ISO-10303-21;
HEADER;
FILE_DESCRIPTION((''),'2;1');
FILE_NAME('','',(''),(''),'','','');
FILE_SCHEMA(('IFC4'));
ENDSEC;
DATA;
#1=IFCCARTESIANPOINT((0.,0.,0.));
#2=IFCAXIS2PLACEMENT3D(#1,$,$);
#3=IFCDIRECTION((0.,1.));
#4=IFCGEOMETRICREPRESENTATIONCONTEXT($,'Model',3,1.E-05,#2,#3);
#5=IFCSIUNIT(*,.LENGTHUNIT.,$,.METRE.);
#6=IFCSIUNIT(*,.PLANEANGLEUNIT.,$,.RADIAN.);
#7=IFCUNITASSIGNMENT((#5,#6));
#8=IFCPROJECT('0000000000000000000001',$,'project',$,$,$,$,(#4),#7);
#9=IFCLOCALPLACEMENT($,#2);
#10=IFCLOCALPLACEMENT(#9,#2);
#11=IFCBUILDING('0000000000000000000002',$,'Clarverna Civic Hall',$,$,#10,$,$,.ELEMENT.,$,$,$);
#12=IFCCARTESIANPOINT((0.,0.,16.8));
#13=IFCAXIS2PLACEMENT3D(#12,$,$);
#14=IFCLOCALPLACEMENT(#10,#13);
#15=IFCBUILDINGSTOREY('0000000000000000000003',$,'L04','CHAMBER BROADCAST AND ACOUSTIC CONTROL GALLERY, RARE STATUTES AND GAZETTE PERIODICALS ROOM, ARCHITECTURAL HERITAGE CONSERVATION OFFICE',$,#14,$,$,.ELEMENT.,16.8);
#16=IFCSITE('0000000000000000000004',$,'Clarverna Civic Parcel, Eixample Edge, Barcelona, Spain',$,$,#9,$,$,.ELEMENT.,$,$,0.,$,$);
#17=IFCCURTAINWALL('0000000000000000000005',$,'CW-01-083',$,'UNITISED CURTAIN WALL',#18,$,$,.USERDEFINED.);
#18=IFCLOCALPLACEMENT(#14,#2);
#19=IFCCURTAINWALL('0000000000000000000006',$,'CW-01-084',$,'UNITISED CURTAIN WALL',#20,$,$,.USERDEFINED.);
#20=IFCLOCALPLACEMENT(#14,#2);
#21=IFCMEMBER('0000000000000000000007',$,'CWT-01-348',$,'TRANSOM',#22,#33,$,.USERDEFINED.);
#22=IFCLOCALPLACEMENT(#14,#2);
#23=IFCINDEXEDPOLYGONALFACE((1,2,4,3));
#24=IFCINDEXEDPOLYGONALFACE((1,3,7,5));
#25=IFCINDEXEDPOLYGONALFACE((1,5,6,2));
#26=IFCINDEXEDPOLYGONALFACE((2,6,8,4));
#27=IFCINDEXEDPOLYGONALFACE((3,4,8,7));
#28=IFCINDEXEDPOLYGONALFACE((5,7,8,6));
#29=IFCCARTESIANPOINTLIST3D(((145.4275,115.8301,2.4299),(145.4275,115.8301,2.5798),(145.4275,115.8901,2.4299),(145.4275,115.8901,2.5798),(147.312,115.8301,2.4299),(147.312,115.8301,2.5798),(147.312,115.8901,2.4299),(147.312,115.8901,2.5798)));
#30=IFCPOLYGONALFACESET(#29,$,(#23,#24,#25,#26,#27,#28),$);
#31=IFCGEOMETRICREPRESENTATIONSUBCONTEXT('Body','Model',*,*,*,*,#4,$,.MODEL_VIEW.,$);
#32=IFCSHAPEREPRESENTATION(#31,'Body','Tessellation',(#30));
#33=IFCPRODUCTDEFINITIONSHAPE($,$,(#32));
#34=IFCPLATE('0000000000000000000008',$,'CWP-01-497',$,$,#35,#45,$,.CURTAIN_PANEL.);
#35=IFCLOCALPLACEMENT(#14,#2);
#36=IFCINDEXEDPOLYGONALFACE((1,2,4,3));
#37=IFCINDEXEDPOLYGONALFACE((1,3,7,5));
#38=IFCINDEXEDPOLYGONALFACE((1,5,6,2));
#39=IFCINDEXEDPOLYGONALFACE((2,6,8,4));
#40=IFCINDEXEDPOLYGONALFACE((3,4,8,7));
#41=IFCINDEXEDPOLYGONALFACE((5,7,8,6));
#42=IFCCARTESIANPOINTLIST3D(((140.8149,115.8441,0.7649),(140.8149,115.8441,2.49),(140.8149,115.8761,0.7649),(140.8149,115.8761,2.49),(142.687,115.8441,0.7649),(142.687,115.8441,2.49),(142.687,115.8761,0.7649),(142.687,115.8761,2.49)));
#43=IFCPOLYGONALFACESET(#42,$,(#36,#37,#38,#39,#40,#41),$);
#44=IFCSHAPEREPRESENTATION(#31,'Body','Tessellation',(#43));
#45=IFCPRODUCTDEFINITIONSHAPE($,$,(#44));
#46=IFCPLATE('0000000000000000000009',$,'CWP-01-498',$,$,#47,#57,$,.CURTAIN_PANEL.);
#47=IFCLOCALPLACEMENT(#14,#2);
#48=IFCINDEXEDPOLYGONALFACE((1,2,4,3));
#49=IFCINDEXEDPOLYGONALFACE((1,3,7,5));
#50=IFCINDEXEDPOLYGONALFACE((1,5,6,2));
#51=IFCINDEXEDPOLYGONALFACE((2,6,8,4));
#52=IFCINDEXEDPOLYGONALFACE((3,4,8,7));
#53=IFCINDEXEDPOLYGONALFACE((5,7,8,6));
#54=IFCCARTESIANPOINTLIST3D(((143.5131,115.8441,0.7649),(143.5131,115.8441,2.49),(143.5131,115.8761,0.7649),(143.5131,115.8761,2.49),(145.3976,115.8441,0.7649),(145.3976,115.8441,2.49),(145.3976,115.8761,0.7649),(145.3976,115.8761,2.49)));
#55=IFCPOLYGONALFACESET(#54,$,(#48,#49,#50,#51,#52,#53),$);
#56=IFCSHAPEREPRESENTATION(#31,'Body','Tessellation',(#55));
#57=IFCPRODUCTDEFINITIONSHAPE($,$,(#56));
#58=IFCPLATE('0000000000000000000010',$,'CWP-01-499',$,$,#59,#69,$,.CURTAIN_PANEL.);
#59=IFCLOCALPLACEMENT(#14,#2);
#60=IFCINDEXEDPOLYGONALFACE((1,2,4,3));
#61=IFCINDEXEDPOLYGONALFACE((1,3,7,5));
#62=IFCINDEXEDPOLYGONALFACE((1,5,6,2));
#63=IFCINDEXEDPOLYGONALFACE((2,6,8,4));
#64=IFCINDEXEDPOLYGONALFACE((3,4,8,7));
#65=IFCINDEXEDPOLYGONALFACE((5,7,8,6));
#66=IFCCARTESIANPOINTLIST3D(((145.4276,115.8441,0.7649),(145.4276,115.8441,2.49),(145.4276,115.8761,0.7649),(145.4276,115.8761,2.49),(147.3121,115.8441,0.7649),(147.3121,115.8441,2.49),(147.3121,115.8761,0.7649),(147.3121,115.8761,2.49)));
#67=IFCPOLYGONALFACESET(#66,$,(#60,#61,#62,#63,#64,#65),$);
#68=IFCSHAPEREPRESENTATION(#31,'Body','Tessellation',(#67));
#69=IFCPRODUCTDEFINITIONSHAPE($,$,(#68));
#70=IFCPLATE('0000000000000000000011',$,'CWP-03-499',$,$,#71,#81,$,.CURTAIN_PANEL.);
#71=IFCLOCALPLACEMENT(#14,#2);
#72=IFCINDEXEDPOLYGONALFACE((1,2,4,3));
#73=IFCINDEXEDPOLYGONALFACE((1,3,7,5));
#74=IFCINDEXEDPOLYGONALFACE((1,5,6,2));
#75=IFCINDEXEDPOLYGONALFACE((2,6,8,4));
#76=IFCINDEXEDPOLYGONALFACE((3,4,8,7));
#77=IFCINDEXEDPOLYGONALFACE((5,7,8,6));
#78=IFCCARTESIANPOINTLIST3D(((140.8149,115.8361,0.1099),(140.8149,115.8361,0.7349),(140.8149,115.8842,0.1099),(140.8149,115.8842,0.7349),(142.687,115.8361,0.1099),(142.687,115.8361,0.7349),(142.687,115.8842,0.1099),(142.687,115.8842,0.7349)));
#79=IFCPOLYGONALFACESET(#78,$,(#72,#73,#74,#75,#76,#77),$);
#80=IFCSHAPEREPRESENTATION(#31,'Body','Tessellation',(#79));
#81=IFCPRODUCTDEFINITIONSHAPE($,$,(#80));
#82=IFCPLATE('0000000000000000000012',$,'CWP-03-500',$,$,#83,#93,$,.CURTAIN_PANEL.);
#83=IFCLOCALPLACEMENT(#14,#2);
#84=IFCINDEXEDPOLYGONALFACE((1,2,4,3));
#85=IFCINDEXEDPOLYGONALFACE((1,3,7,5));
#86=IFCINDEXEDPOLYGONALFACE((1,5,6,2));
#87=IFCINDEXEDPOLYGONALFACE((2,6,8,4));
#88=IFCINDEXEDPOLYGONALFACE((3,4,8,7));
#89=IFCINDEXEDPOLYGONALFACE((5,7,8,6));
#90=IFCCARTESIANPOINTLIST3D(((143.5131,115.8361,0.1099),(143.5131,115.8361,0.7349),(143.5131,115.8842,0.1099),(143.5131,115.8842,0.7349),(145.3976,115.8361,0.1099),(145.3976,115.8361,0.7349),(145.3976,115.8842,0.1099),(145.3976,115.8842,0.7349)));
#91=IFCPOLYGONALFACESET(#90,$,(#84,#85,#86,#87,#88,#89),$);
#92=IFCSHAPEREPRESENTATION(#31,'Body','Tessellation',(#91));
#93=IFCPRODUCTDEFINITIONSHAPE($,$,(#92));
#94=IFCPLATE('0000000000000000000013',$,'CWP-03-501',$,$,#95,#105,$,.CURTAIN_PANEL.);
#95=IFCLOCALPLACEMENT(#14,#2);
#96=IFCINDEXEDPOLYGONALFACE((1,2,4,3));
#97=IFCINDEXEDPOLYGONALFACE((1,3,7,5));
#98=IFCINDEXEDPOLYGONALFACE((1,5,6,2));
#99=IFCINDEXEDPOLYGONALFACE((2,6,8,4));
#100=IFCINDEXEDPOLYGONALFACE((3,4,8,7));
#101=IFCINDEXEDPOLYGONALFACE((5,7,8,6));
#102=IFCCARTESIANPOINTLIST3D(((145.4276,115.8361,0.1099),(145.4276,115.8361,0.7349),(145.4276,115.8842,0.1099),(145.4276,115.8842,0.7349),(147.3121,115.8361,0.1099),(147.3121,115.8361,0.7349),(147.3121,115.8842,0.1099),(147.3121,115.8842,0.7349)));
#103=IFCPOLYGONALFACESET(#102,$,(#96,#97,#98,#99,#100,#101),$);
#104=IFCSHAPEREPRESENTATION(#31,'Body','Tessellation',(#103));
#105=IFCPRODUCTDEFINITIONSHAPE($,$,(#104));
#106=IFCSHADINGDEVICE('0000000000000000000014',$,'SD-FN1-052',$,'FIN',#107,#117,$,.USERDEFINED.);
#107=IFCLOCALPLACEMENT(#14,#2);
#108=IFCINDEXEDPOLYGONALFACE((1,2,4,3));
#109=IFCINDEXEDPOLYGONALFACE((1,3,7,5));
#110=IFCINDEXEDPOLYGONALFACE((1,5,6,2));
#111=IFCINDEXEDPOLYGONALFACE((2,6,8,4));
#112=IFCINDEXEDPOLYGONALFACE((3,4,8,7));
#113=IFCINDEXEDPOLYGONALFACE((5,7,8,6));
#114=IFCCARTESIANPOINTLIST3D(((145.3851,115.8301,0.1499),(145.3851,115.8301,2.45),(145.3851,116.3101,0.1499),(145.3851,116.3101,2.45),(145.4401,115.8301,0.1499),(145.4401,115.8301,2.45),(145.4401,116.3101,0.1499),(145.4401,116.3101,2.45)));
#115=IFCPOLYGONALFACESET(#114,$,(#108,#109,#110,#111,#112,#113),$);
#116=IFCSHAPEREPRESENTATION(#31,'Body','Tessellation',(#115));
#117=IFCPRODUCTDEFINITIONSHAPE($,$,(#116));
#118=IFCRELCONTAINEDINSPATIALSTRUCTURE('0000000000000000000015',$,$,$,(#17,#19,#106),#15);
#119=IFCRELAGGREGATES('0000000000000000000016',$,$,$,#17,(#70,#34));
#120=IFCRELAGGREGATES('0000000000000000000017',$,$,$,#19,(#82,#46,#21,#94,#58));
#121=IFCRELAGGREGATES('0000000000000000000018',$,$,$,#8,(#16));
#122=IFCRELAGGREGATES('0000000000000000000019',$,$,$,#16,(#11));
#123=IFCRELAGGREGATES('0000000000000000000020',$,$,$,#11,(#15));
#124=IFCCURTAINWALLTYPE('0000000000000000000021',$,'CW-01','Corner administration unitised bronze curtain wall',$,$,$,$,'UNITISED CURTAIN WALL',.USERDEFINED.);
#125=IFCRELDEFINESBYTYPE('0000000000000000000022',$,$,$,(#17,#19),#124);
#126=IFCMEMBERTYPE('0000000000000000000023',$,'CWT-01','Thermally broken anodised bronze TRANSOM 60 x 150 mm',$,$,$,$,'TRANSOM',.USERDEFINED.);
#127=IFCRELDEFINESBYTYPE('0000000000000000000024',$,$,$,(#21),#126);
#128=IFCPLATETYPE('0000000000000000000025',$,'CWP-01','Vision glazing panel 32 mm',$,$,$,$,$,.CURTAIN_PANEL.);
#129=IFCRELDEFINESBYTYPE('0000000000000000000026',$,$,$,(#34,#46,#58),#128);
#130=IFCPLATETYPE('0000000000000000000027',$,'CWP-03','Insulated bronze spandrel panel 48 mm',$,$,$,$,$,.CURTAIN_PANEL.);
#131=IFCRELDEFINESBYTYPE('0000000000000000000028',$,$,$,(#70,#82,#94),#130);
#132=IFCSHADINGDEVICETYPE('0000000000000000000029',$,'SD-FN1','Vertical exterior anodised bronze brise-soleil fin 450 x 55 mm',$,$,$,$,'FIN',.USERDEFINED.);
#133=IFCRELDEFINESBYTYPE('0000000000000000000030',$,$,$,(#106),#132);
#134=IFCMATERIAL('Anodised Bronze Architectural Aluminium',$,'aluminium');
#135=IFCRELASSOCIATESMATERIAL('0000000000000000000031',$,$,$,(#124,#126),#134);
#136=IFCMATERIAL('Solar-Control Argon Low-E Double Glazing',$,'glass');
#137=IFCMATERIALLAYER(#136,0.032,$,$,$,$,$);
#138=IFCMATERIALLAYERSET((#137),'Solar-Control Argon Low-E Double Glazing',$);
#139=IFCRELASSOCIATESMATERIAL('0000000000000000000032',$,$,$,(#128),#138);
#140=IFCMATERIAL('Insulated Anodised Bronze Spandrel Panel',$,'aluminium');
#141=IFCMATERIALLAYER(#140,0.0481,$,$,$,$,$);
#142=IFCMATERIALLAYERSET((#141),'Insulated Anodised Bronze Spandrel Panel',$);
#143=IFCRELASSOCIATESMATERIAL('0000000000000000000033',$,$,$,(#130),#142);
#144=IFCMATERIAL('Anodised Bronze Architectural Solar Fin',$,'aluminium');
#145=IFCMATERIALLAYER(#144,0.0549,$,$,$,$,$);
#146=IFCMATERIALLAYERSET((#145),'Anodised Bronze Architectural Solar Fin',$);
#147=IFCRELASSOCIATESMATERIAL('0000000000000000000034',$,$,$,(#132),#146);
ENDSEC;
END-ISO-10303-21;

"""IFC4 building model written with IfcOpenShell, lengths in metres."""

from ifc_helpers import new_model, si_unit, direction, frame, frame_2d, origin, origin_2d, place, context, subcontext, project, spatial, rectangle, extrude, material, layer, layer_set, material_profile, profile_set, type_object, element, aggregate, save


model = new_model("IFC4")

# Units and contexts
model_context = context("Model", 3, precision=1e-05, world=origin(), true_north=direction((0.0, 1.0)))
body_context = subcontext(model_context, "Body", "Model", "MODEL_VIEW")
ifc_project = project(units=[si_unit("LENGTHUNIT", "METRE"), si_unit("PLANEANGLEUNIT", "RADIAN")], contexts=[model_context])

# Site, building, storey
site_placement = place(None, origin())
site = spatial("IfcSite", under=ifc_project, at=site_placement, Name="Clarverna Civic Parcel, Eixample Edge, Barcelona, Spain", CompositionType="ELEMENT", RefElevation=0.0)
building_placement = place(site_placement, origin())
building = spatial("IfcBuilding", under=site, at=building_placement, Name="Clarverna Civic Hall", CompositionType="ELEMENT")
storey_placement = place(building_placement, frame((0.0, 0.0, 16.8)))
storey = spatial("IfcBuildingStorey", under=building, at=storey_placement, Name="L04", Description="CHAMBER BROADCAST AND ACOUSTIC CONTROL GALLERY, RARE STATUTES AND GAZETTE PERIODICALS ROOM, ARCHITECTURAL HERITAGE CONSERVATION OFFICE", CompositionType="ELEMENT", Elevation=16.8)

# Curtain wall
ifc_material_1 = material(Name="Anodised Bronze Architectural Aluminium", Category="aluminium")
curtain_wall_type = type_object("IfcCurtainWallType", Name="CW-01", Description="Corner administration unitised bronze curtain wall", ElementType="UNITISED CURTAIN WALL", PredefinedType="USERDEFINED", material=ifc_material_1)
curtain_wall_1_placement = place(storey_placement, origin())
curtain_wall_1 = element("IfcCurtainWall", 1, at=curtain_wall_1_placement, inside=storey, type_object=curtain_wall_type, Name="CW-01-083", ObjectType="UNITISED CURTAIN WALL", PredefinedType="USERDEFINED")

# Curtain wall
curtain_wall_2_placement = place(storey_placement, origin())
curtain_wall_2 = element("IfcCurtainWall", 2, at=curtain_wall_2_placement, inside=storey, type_object=curtain_wall_type, Name="CW-01-084", ObjectType="UNITISED CURTAIN WALL", PredefinedType="USERDEFINED")

# Member
ifc_material_profile_1 = material_profile(ifc_material_1, rectangle(XDim=0.0601, YDim=0.1499, at=origin_2d()), Name="BRONZE 60x150")
ifc_profile_set_1 = profile_set([ifc_material_profile_1], Name="Anodised Bronze Architectural Aluminium")
member_type_1 = type_object("IfcMemberType", Name="CWT-01", Description="Thermally broken anodised bronze TRANSOM 60 x 150 mm", ElementType="TRANSOM", PredefinedType="USERDEFINED", material=ifc_profile_set_1)
member_1_placement = place(storey_placement, frame((145.4275, 115.8601, 2.5049), z_axis=(1.0, 0.0, 0.0), x_axis=(0.0, 1.0, 0.0)))
member_1 = element("IfcMember", 3, at=member_1_placement, type_object=member_type_1, Name="CWT-01-348", ObjectType="TRANSOM", PredefinedType="USERDEFINED", context=body_context, shape_type="SweptSolid", body=[
    extrude(rectangle(XDim=0.0601, YDim=0.1499, at=origin_2d()), origin(), (0.0, 0.0, 1.0), 1.8845),
])

# Plates
ifc_material_2 = material(Name="Solar-Control Argon Low-E Double Glazing", Category="glass")
ifc_layer_1 = layer(ifc_material_2, 0.032)
ifc_layer_set_1 = layer_set([ifc_layer_1], Name="Solar-Control Argon Low-E Double Glazing")
plate_type_1 = type_object("IfcPlateType", Name="CWP-01", Description="Vision glazing panel 32 mm", PredefinedType="CURTAIN_PANEL", material=ifc_layer_set_1)
plate_1_placement = place(storey_placement, frame((140.8149, 115.8601, 0.7649), z_axis=(0.0, 0.0, 1.0), x_axis=(1.0, 0.0, 0.0)))
plate_1 = element("IfcPlate", 4, at=plate_1_placement, type_object=plate_type_1, Name="CWP-01-497", PredefinedType="CURTAIN_PANEL", context=body_context, shape_type="SweptSolid", body=[
    extrude(rectangle(XDim=1.8721, YDim=0.032, at=frame_2d((0.936, 0.0))), origin(), (0.0, 0.0, 1.0), 1.7251),
])
plate_2_placement = place(storey_placement, frame((143.5129, 115.8601, 0.7649), z_axis=(0.0, 0.0, 1.0), x_axis=(1.0, 0.0, 0.0)))
plate_2 = element("IfcPlate", 5, at=plate_2_placement, type_object=plate_type_1, Name="CWP-01-498", PredefinedType="CURTAIN_PANEL", context=body_context, shape_type="SweptSolid", body=[
    extrude(rectangle(XDim=1.8845, YDim=0.032, at=frame_2d((0.9424, 0.0))), origin(), (0.0, 0.0, 1.0), 1.7251),
])
plate_3_placement = place(storey_placement, frame((145.4275, 115.8601, 0.7649), z_axis=(0.0, 0.0, 1.0), x_axis=(1.0, 0.0, 0.0)))
plate_3 = element("IfcPlate", 6, at=plate_3_placement, type_object=plate_type_1, Name="CWP-01-499", PredefinedType="CURTAIN_PANEL", context=body_context, shape_type="SweptSolid", body=[
    extrude(rectangle(XDim=1.8845, YDim=0.032, at=frame_2d((0.9424, 0.0))), origin(), (0.0, 0.0, 1.0), 1.7251),
])
ifc_material_3 = material(Name="Insulated Anodised Bronze Spandrel Panel", Category="aluminium")
ifc_layer_2 = layer(ifc_material_3, 0.0481)
ifc_layer_set_2 = layer_set([ifc_layer_2], Name="Insulated Anodised Bronze Spandrel Panel")
plate_type_2 = type_object("IfcPlateType", Name="CWP-03", Description="Insulated bronze spandrel panel 48 mm", PredefinedType="CURTAIN_PANEL", material=ifc_layer_set_2)
plate_4_placement = place(storey_placement, frame((140.8149, 115.8601, 0.1099), z_axis=(0.0, 0.0, 1.0), x_axis=(1.0, 0.0, 0.0)))
plate_4 = element("IfcPlate", 7, at=plate_4_placement, type_object=plate_type_2, Name="CWP-03-499", PredefinedType="CURTAIN_PANEL", context=body_context, shape_type="SweptSolid", body=[
    extrude(rectangle(XDim=1.8721, YDim=0.0481, at=frame_2d((0.936, 0.0))), origin(), (0.0, 0.0, 1.0), 0.625),
])
aggregate(curtain_wall_1, [plate_4, plate_1])
plate_5_placement = place(storey_placement, frame((143.5129, 115.8601, 0.1099), z_axis=(0.0, 0.0, 1.0), x_axis=(1.0, 0.0, 0.0)))
plate_5 = element("IfcPlate", 8, at=plate_5_placement, type_object=plate_type_2, Name="CWP-03-500", PredefinedType="CURTAIN_PANEL", context=body_context, shape_type="SweptSolid", body=[
    extrude(rectangle(XDim=1.8845, YDim=0.0481, at=frame_2d((0.9424, 0.0))), origin(), (0.0, 0.0, 1.0), 0.625),
])
plate_6_placement = place(storey_placement, frame((145.4275, 115.8601, 0.1099), z_axis=(0.0, 0.0, 1.0), x_axis=(1.0, 0.0, 0.0)))
plate_6 = element("IfcPlate", 9, at=plate_6_placement, type_object=plate_type_2, Name="CWP-03-501", PredefinedType="CURTAIN_PANEL", context=body_context, shape_type="SweptSolid", body=[
    extrude(rectangle(XDim=1.8845, YDim=0.0481, at=frame_2d((0.9424, 0.0))), origin(), (0.0, 0.0, 1.0), 0.625),
])
aggregate(curtain_wall_2, [plate_5, plate_2, member_1, plate_6, plate_3])

# Shading device
ifc_material_4 = material(Name="Anodised Bronze Architectural Solar Fin", Category="aluminium")
ifc_layer_3 = layer(ifc_material_4, 0.0549)
ifc_layer_set_3 = layer_set([ifc_layer_3], Name="Anodised Bronze Architectural Solar Fin")
shading_device_type = type_object("IfcShadingDeviceType", Name="SD-FN1", Description="Vertical exterior anodised bronze brise-soleil fin 450 x 55 mm", ElementType="FIN", PredefinedType="USERDEFINED", material=ifc_layer_set_3)
shading_device_placement = place(storey_placement, frame((145.4126, 115.8301, 0.1499), z_axis=(0.0, 0.0, 1.0), x_axis=(0.0, 1.0, 0.0)))
element("IfcShadingDevice", 10, at=shading_device_placement, inside=storey, type_object=shading_device_type, Name="SD-FN1-052", ObjectType="FIN", PredefinedType="USERDEFINED", context=body_context, shape_type="SweptSolid", body=[
    extrude(rectangle(XDim=0.48, YDim=0.0549, at=frame_2d((0.24, 0.0))), origin(), (0.0, 0.0, 1.0), 2.3),
])

save(model, "model.ifc")
